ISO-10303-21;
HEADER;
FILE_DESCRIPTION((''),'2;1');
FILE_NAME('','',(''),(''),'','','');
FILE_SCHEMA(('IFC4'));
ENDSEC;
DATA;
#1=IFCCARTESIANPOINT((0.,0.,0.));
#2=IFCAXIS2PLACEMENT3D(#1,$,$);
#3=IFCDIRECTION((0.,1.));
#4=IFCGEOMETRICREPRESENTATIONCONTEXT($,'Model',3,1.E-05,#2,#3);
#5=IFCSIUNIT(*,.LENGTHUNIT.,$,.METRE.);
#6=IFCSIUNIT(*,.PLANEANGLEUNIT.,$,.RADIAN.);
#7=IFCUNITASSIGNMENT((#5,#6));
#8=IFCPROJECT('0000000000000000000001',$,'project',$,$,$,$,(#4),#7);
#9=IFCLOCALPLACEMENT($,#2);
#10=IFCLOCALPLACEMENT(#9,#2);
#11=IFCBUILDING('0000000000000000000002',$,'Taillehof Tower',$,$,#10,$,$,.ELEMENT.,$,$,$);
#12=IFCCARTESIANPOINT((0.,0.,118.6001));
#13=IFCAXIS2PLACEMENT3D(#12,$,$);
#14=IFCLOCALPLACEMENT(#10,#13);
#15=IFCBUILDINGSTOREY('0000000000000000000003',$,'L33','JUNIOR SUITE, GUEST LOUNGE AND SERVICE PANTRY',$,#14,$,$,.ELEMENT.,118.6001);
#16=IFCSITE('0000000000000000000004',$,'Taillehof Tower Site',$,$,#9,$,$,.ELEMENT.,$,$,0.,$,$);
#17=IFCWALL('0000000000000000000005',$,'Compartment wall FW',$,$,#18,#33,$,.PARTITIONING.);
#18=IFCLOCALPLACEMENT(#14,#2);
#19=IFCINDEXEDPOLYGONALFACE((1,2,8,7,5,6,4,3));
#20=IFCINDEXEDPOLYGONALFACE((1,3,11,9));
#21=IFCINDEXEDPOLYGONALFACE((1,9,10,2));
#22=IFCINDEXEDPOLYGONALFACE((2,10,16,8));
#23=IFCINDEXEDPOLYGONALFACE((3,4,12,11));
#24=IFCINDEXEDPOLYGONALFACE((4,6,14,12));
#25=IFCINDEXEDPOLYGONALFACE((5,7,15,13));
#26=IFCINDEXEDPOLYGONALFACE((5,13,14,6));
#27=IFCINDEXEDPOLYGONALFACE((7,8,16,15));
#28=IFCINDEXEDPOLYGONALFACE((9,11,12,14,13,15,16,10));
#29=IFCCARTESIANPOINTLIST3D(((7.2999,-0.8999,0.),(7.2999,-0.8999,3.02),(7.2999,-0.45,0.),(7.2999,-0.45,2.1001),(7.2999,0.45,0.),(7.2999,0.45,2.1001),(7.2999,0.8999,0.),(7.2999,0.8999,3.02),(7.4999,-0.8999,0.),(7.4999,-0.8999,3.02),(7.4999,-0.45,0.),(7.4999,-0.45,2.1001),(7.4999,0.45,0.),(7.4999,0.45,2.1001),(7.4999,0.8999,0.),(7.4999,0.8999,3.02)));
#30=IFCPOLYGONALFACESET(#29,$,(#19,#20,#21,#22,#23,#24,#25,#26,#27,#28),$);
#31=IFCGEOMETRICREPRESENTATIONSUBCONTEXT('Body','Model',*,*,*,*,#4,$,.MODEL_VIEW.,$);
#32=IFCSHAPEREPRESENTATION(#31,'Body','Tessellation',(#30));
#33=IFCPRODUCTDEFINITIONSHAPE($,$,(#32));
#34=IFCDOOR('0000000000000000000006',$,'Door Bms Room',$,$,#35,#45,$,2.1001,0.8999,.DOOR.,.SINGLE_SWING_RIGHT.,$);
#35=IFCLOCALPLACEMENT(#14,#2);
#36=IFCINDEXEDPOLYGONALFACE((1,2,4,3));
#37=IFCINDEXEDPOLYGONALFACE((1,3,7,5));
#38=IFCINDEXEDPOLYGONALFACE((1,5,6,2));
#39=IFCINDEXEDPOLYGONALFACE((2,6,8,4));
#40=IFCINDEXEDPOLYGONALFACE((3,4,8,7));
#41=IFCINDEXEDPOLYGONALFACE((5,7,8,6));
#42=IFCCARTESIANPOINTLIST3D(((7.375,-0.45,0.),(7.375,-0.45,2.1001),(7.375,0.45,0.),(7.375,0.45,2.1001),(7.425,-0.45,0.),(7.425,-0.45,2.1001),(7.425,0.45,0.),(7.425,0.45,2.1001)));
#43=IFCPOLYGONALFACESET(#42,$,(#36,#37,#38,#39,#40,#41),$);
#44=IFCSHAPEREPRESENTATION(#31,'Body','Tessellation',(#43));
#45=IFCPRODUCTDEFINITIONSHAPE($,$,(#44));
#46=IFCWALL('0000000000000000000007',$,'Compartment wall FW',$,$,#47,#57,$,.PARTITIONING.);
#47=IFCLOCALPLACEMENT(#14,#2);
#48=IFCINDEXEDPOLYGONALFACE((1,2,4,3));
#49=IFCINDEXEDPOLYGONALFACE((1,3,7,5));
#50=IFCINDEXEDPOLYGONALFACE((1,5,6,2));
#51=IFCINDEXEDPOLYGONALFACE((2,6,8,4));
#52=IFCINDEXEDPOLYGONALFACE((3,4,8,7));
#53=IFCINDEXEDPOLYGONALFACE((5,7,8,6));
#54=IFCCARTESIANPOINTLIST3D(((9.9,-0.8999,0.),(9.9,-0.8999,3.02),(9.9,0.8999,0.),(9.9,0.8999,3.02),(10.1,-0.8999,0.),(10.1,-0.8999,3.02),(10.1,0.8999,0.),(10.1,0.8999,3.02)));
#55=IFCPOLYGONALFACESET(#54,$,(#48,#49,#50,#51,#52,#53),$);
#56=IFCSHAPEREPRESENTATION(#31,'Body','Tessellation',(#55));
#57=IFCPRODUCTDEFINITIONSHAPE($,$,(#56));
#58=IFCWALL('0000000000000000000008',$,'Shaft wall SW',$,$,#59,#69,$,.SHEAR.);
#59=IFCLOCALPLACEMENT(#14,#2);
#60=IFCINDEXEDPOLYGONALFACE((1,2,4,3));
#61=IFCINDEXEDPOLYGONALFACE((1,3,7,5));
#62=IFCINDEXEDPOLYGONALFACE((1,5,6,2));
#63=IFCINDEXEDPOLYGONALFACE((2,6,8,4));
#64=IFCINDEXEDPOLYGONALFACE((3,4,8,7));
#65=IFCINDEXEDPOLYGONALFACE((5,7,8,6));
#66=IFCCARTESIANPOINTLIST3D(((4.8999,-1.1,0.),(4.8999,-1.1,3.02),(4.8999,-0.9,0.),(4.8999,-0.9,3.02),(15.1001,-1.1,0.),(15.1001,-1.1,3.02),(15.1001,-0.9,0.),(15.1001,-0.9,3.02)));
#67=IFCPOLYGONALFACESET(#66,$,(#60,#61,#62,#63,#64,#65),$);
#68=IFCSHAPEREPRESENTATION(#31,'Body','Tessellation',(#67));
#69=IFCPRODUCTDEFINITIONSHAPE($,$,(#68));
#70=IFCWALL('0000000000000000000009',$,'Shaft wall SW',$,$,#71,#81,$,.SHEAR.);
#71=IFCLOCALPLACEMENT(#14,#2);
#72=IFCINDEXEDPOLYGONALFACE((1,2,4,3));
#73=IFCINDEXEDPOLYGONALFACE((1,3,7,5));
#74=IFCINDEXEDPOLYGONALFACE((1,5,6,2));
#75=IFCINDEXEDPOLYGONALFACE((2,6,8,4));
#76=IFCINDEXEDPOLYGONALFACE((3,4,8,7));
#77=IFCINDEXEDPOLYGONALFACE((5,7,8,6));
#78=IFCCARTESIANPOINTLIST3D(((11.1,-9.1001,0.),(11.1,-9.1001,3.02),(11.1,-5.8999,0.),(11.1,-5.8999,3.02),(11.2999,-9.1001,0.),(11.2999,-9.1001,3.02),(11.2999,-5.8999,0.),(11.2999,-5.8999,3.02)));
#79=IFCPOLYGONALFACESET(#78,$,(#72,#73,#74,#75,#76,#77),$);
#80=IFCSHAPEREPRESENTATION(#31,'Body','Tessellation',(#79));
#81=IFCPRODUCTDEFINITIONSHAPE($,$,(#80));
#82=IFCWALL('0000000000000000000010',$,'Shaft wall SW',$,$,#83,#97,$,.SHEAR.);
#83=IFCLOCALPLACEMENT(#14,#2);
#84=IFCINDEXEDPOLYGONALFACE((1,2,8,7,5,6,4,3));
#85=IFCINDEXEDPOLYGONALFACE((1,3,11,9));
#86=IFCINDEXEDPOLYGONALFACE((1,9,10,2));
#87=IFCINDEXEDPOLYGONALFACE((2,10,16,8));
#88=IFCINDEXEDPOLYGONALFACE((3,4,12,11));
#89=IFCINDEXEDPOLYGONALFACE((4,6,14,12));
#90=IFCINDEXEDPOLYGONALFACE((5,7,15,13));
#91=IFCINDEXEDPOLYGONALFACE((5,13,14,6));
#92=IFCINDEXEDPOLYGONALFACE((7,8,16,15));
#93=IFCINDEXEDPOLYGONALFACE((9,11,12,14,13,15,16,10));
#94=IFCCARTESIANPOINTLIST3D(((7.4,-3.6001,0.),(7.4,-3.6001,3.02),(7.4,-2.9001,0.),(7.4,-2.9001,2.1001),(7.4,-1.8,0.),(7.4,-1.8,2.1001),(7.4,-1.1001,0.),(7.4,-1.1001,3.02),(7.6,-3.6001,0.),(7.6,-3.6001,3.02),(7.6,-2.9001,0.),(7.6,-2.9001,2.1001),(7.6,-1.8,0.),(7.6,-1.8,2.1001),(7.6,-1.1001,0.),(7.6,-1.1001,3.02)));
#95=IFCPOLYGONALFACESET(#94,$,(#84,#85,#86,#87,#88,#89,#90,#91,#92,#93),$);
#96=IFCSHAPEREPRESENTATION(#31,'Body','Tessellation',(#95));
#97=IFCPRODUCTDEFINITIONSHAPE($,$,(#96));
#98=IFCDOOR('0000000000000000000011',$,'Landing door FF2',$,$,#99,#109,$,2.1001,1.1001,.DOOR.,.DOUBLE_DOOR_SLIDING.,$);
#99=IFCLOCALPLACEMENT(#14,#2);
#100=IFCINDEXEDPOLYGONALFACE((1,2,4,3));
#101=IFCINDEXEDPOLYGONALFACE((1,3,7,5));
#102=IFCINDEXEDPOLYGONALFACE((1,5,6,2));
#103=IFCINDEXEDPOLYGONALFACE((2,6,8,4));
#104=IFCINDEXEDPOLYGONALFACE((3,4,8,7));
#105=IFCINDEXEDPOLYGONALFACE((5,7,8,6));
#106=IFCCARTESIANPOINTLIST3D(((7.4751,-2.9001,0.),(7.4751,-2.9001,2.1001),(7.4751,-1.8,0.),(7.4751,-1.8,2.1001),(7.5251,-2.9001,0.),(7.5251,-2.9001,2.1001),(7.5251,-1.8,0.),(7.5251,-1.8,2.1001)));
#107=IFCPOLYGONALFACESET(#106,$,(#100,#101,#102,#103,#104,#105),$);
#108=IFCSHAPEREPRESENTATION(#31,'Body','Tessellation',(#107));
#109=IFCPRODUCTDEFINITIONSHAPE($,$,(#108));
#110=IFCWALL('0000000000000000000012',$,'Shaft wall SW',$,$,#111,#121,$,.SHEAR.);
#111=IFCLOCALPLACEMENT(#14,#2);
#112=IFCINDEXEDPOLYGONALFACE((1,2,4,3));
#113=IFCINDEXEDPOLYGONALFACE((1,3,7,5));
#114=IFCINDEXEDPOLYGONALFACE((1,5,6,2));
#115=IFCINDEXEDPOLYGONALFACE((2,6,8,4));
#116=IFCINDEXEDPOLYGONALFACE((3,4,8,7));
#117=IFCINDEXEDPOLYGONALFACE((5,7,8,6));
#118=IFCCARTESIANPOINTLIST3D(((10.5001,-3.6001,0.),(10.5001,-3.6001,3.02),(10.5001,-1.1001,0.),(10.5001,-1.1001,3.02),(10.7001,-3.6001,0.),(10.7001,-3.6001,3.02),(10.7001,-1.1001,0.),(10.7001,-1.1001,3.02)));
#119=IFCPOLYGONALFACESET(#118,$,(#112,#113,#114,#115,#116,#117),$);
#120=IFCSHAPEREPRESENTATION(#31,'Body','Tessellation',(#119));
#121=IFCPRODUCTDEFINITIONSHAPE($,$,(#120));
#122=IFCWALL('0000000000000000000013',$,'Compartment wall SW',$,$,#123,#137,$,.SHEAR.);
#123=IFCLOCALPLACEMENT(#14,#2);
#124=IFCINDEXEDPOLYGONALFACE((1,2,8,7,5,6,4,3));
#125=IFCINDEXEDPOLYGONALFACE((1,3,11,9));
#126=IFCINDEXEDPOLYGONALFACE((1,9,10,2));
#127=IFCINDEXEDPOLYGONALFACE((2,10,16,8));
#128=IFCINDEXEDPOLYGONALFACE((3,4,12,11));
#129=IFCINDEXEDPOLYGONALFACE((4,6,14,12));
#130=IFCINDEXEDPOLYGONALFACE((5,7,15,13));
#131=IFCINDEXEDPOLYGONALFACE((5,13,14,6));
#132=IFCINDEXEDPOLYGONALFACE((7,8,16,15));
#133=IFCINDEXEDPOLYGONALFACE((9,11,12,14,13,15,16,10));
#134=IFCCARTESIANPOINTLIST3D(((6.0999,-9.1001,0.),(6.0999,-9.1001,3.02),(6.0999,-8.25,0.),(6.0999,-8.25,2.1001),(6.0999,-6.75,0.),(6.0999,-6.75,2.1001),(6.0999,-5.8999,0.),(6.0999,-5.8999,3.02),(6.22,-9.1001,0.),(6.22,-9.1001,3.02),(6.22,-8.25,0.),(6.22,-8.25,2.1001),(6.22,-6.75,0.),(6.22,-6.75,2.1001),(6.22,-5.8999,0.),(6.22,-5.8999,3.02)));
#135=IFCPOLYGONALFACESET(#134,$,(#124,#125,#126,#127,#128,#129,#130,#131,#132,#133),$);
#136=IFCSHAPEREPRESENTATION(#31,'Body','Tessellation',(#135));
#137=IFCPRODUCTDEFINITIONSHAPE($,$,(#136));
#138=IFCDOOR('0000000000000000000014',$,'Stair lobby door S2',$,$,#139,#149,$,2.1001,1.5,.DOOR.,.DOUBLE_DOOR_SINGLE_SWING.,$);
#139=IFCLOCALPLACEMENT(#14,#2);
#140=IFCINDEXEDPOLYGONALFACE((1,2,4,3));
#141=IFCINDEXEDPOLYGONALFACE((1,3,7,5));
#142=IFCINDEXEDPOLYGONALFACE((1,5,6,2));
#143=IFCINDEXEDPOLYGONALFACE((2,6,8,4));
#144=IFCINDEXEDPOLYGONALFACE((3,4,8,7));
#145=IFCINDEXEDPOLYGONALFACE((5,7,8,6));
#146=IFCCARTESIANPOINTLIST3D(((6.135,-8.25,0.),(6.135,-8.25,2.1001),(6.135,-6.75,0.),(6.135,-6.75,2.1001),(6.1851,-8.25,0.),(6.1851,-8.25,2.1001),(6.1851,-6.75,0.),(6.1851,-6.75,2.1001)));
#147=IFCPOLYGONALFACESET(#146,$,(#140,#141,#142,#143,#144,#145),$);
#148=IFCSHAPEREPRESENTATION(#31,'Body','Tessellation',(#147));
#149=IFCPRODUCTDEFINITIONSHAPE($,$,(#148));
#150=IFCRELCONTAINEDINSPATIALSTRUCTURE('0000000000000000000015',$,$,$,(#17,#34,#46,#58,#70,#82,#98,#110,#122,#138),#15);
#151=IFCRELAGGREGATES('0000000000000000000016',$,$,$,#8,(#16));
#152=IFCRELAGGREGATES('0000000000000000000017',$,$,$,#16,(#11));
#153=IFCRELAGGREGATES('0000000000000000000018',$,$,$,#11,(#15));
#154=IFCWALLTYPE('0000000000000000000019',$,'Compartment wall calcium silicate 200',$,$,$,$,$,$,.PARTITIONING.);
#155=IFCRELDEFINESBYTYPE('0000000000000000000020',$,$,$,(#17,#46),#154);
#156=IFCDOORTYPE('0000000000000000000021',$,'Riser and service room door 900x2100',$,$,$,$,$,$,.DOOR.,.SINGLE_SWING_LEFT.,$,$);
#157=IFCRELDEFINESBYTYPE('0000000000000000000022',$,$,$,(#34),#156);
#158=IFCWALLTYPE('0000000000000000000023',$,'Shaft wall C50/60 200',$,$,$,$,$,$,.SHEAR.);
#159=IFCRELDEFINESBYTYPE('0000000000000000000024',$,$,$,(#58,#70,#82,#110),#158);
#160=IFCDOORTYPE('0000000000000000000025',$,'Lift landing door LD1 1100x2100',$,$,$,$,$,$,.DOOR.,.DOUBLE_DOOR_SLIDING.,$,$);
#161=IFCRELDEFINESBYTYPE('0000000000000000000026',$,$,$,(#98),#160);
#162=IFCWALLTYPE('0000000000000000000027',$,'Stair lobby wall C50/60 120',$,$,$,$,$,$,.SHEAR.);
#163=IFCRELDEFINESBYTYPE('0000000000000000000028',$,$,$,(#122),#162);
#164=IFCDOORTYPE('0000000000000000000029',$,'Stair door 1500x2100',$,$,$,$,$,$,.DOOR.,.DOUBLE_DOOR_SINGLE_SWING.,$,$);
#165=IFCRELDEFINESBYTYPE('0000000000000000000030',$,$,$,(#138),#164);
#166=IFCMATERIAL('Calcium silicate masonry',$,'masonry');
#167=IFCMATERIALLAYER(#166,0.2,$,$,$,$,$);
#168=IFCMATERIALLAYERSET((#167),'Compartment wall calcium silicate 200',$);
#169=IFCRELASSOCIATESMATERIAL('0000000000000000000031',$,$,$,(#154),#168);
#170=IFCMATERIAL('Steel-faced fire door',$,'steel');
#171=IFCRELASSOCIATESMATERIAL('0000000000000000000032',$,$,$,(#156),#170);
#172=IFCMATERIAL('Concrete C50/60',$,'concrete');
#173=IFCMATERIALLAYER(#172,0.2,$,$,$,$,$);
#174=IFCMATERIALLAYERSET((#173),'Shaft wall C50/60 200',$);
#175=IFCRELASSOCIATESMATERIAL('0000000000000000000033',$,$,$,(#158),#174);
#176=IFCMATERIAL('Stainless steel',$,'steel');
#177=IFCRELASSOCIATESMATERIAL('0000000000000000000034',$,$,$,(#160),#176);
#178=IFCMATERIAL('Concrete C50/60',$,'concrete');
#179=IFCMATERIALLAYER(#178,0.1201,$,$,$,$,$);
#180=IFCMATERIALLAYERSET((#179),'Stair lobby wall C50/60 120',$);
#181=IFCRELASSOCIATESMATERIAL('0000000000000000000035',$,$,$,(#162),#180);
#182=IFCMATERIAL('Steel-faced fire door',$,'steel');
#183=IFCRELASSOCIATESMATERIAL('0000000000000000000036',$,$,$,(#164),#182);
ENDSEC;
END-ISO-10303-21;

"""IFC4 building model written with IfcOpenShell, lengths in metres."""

from ifc_helpers import new_model, si_unit, direction, frame, frame_2d, origin, place, context, subcontext, project, spatial, rectangle, extrude, material, layer, layer_set, type_object, element, fill, save


model = new_model("IFC4")

# Units and contexts
model_context = context("Model", 3, precision=1e-05, world=origin(), true_north=direction((0.0, 1.0)))
body_context = subcontext(model_context, "Body", "Model", "MODEL_VIEW")
ifc_project = project(units=[si_unit("LENGTHUNIT", "METRE"), si_unit("PLANEANGLEUNIT", "RADIAN")], contexts=[model_context])

# Site, building, storey
site_placement = place(None, origin())
site = spatial("IfcSite", under=ifc_project, at=site_placement, Name="Taillehof Tower Site", CompositionType="ELEMENT", RefElevation=0.0)
building_placement = place(site_placement, origin())
building = spatial("IfcBuilding", under=site, at=building_placement, Name="Taillehof Tower", CompositionType="ELEMENT")
storey_placement = place(building_placement, frame((0.0, 0.0, 118.6001)))
storey = spatial("IfcBuildingStorey", under=building, at=storey_placement, Name="L33", Description="JUNIOR SUITE, GUEST LOUNGE AND SERVICE PANTRY", CompositionType="ELEMENT", Elevation=118.6001)

# Wall, opening, door
ifc_material_1 = material(Name="Calcium silicate masonry", Category="masonry")
ifc_layer_1 = layer(ifc_material_1, 0.2)
ifc_layer_set_1 = layer_set([ifc_layer_1], Name="Compartment wall calcium silicate 200")
wall_type_1 = type_object("IfcWallType", Name="Compartment wall calcium silicate 200", PredefinedType="PARTITIONING", material=ifc_layer_set_1)
wall_1_placement = place(storey_placement, frame((7.3999, -0.8999, 0.0), z_axis=(0.0, 0.0, 1.0), x_axis=(0.0, 1.0, 0.0)))
wall_1 = element("IfcWall", 1, at=wall_1_placement, inside=storey, type_object=wall_type_1, Name="Compartment wall FW", PredefinedType="PARTITIONING", context=body_context, shape_type="SweptSolid", body=[
    extrude(rectangle(XDim=1.7998, YDim=0.2, at=frame_2d((0.8999, 0.0))), origin(), (0.0, 0.0, 1.0), 3.02),
])
opening_1_placement = place(wall_1_placement, frame((0.45, 0.0, 0.0)))
opening_1 = element("IfcOpeningElement", 2, at=opening_1_placement, cuts=wall_1, PredefinedType="OPENING", context=body_context, shape_type="SweptSolid", body=[
    extrude(rectangle(XDim=0.8999, YDim=2.1001, at=frame_2d((0.45, 1.05))), frame((0.0, 0.1099, 0.0), z_axis=(0.0, -1.0, 0.0), x_axis=(1.0, 0.0, 0.0)), (0.0, 0.0, 1.0), 0.22),
])
ifc_material_2 = material(Name="Steel-faced fire door", Category="steel")
door_type_1 = type_object("IfcDoorType", Name="Riser and service room door 900x2100", OperationType="SINGLE_SWING_LEFT", PredefinedType="DOOR", material=ifc_material_2)
door_1_placement = place(opening_1_placement, origin())
door_1 = element("IfcDoor", 3, at=door_1_placement, inside=storey, type_object=door_type_1, Name="Door Bms Room", OperationType="SINGLE_SWING_RIGHT", OverallHeight=2.1001, OverallWidth=0.8999, PredefinedType="DOOR", context=body_context, shape_type="SweptSolid", body=[
    extrude(rectangle(XDim=0.8999, YDim=2.1001, at=frame_2d((0.45, 1.05))), frame((0.0, 0.0249, 0.0), z_axis=(0.0, -1.0, 0.0), x_axis=(1.0, 0.0, 0.0)), (0.0, 0.0, 1.0), 0.05),
])
fill(opening_1, door_1)

# Walls
wall_2_placement = place(storey_placement, frame((10.0, -0.8999, 0.0), z_axis=(0.0, 0.0, 1.0), x_axis=(0.0, 1.0, 0.0)))
element("IfcWall", 4, at=wall_2_placement, inside=storey, type_object=wall_type_1, Name="Compartment wall FW", PredefinedType="PARTITIONING", context=body_context, shape_type="SweptSolid", body=[
    extrude(rectangle(XDim=1.7998, YDim=0.2, at=frame_2d((0.8999, 0.0))), origin(), (0.0, 0.0, 1.0), 3.02),
])
ifc_material_3 = material(Name="Concrete C50/60", Category="concrete")
ifc_layer_2 = layer(ifc_material_3, 0.2)
ifc_layer_set_2 = layer_set([ifc_layer_2], Name="Shaft wall C50/60 200")
wall_type_2 = type_object("IfcWallType", Name="Shaft wall C50/60 200", PredefinedType="SHEAR", material=ifc_layer_set_2)
wall_3_placement = place(storey_placement, frame((4.8999, -1.0, 0.0), z_axis=(0.0, 0.0, 1.0), x_axis=(1.0, 0.0, 0.0)))
element("IfcWall", 5, at=wall_3_placement, inside=storey, type_object=wall_type_2, Name="Shaft wall SW", PredefinedType="SHEAR", context=body_context, shape_type="SweptSolid", body=[
    extrude(rectangle(XDim=10.2002, YDim=0.2, at=frame_2d((5.1001, 0.0))), origin(), (0.0, 0.0, 1.0), 3.02),
])
wall_4_placement = place(storey_placement, frame((11.2, -9.1001, 0.0), z_axis=(0.0, 0.0, 1.0), x_axis=(0.0, 1.0, 0.0)))
element("IfcWall", 6, at=wall_4_placement, inside=storey, type_object=wall_type_2, Name="Shaft wall SW", PredefinedType="SHEAR", context=body_context, shape_type="SweptSolid", body=[
    extrude(rectangle(XDim=3.2002, YDim=0.2, at=frame_2d((1.6001, 0.0))), origin(), (0.0, 0.0, 1.0), 3.02),
])

# Wall, opening, door
wall_5_placement = place(storey_placement, frame((7.5, -3.6001, 0.0), z_axis=(0.0, 0.0, 1.0), x_axis=(0.0, 1.0, 0.0)))
wall_5 = element("IfcWall", 7, at=wall_5_placement, inside=storey, type_object=wall_type_2, Name="Shaft wall SW", PredefinedType="SHEAR", context=body_context, shape_type="SweptSolid", body=[
    extrude(rectangle(XDim=2.5, YDim=0.2, at=frame_2d((1.25, 0.0))), origin(), (0.0, 0.0, 1.0), 3.02),
])
opening_2_placement = place(wall_5_placement, frame((0.7, 0.0, 0.0)))
opening_2 = element("IfcOpeningElement", 8, at=opening_2_placement, cuts=wall_5, PredefinedType="OPENING", context=body_context, shape_type="SweptSolid", body=[
    extrude(rectangle(XDim=1.1001, YDim=2.1001, at=frame_2d((0.55, 1.05))), frame((0.0, 0.1099, 0.0), z_axis=(0.0, -1.0, 0.0), x_axis=(1.0, 0.0, 0.0)), (0.0, 0.0, 1.0), 0.22),
])
ifc_material_4 = material(Name="Stainless steel", Category="steel")
door_type_2 = type_object("IfcDoorType", Name="Lift landing door LD1 1100x2100", OperationType="DOUBLE_DOOR_SLIDING", PredefinedType="DOOR", material=ifc_material_4)
door_2_placement = place(opening_2_placement, origin())
door_2 = element("IfcDoor", 9, at=door_2_placement, inside=storey, type_object=door_type_2, Name="Landing door FF2", OperationType="DOUBLE_DOOR_SLIDING", OverallHeight=2.1001, OverallWidth=1.1001, PredefinedType="DOOR", context=body_context, shape_type="SweptSolid", body=[
    extrude(rectangle(XDim=1.1001, YDim=2.1001, at=frame_2d((0.55, 1.05))), frame((0.0, 0.0249, 0.0), z_axis=(0.0, -1.0, 0.0), x_axis=(1.0, 0.0, 0.0)), (0.0, 0.0, 1.0), 0.05),
])
fill(opening_2, door_2)

# Wall
wall_6_placement = place(storey_placement, frame((10.6001, -3.6001, 0.0), z_axis=(0.0, 0.0, 1.0), x_axis=(0.0, 1.0, 0.0)))
element("IfcWall", 10, at=wall_6_placement, inside=storey, type_object=wall_type_2, Name="Shaft wall SW", PredefinedType="SHEAR", context=body_context, shape_type="SweptSolid", body=[
    extrude(rectangle(XDim=2.5, YDim=0.2, at=frame_2d((1.25, 0.0))), origin(), (0.0, 0.0, 1.0), 3.02),
])

# Wall, opening, door
ifc_material_5 = material(Name="Concrete C50/60", Category="concrete")
ifc_layer_3 = layer(ifc_material_5, 0.1201)
ifc_layer_set_3 = layer_set([ifc_layer_3], Name="Stair lobby wall C50/60 120")
wall_type_3 = type_object("IfcWallType", Name="Stair lobby wall C50/60 120", PredefinedType="SHEAR", material=ifc_layer_set_3)
wall_7_placement = place(storey_placement, frame((6.1599, -9.1001, 0.0), z_axis=(0.0, 0.0, 1.0), x_axis=(0.0, 1.0, 0.0)))
wall_7 = element("IfcWall", 11, at=wall_7_placement, inside=storey, type_object=wall_type_3, Name="Compartment wall SW", PredefinedType="SHEAR", context=body_context, shape_type="SweptSolid", body=[
    extrude(rectangle(XDim=3.2002, YDim=0.1201, at=frame_2d((1.6001, 0.0))), origin(), (0.0, 0.0, 1.0), 3.02),
])
opening_3_placement = place(wall_7_placement, frame((0.8501, 0.0, 0.0)))
opening_3 = element("IfcOpeningElement", 12, at=opening_3_placement, cuts=wall_7, PredefinedType="OPENING", context=body_context, shape_type="SweptSolid", body=[
    extrude(rectangle(XDim=1.5, YDim=2.1001, at=frame_2d((0.75, 1.05))), frame((0.0, 0.0701, 0.0), z_axis=(0.0, -1.0, 0.0), x_axis=(1.0, 0.0, 0.0)), (0.0, 0.0, 1.0), 0.1401),
])
ifc_material_6 = material(Name="Steel-faced fire door", Category="steel")
door_type_3 = type_object("IfcDoorType", Name="Stair door 1500x2100", OperationType="DOUBLE_DOOR_SINGLE_SWING", PredefinedType="DOOR", material=ifc_material_6)
door_3_placement = place(opening_3_placement, origin())
door_3 = element("IfcDoor", 13, at=door_3_placement, inside=storey, type_object=door_type_3, Name="Stair lobby door S2", OperationType="DOUBLE_DOOR_SINGLE_SWING", OverallHeight=2.1001, OverallWidth=1.5, PredefinedType="DOOR", context=body_context, shape_type="SweptSolid", body=[
    extrude(rectangle(XDim=1.5, YDim=2.1001, at=frame_2d((0.75, 1.05))), frame((0.0, 0.0249, 0.0), z_axis=(0.0, -1.0, 0.0), x_axis=(1.0, 0.0, 0.0)), (0.0, 0.0, 1.0), 0.05),
])
fill(opening_3, door_3)

save(model, "model.ifc")
